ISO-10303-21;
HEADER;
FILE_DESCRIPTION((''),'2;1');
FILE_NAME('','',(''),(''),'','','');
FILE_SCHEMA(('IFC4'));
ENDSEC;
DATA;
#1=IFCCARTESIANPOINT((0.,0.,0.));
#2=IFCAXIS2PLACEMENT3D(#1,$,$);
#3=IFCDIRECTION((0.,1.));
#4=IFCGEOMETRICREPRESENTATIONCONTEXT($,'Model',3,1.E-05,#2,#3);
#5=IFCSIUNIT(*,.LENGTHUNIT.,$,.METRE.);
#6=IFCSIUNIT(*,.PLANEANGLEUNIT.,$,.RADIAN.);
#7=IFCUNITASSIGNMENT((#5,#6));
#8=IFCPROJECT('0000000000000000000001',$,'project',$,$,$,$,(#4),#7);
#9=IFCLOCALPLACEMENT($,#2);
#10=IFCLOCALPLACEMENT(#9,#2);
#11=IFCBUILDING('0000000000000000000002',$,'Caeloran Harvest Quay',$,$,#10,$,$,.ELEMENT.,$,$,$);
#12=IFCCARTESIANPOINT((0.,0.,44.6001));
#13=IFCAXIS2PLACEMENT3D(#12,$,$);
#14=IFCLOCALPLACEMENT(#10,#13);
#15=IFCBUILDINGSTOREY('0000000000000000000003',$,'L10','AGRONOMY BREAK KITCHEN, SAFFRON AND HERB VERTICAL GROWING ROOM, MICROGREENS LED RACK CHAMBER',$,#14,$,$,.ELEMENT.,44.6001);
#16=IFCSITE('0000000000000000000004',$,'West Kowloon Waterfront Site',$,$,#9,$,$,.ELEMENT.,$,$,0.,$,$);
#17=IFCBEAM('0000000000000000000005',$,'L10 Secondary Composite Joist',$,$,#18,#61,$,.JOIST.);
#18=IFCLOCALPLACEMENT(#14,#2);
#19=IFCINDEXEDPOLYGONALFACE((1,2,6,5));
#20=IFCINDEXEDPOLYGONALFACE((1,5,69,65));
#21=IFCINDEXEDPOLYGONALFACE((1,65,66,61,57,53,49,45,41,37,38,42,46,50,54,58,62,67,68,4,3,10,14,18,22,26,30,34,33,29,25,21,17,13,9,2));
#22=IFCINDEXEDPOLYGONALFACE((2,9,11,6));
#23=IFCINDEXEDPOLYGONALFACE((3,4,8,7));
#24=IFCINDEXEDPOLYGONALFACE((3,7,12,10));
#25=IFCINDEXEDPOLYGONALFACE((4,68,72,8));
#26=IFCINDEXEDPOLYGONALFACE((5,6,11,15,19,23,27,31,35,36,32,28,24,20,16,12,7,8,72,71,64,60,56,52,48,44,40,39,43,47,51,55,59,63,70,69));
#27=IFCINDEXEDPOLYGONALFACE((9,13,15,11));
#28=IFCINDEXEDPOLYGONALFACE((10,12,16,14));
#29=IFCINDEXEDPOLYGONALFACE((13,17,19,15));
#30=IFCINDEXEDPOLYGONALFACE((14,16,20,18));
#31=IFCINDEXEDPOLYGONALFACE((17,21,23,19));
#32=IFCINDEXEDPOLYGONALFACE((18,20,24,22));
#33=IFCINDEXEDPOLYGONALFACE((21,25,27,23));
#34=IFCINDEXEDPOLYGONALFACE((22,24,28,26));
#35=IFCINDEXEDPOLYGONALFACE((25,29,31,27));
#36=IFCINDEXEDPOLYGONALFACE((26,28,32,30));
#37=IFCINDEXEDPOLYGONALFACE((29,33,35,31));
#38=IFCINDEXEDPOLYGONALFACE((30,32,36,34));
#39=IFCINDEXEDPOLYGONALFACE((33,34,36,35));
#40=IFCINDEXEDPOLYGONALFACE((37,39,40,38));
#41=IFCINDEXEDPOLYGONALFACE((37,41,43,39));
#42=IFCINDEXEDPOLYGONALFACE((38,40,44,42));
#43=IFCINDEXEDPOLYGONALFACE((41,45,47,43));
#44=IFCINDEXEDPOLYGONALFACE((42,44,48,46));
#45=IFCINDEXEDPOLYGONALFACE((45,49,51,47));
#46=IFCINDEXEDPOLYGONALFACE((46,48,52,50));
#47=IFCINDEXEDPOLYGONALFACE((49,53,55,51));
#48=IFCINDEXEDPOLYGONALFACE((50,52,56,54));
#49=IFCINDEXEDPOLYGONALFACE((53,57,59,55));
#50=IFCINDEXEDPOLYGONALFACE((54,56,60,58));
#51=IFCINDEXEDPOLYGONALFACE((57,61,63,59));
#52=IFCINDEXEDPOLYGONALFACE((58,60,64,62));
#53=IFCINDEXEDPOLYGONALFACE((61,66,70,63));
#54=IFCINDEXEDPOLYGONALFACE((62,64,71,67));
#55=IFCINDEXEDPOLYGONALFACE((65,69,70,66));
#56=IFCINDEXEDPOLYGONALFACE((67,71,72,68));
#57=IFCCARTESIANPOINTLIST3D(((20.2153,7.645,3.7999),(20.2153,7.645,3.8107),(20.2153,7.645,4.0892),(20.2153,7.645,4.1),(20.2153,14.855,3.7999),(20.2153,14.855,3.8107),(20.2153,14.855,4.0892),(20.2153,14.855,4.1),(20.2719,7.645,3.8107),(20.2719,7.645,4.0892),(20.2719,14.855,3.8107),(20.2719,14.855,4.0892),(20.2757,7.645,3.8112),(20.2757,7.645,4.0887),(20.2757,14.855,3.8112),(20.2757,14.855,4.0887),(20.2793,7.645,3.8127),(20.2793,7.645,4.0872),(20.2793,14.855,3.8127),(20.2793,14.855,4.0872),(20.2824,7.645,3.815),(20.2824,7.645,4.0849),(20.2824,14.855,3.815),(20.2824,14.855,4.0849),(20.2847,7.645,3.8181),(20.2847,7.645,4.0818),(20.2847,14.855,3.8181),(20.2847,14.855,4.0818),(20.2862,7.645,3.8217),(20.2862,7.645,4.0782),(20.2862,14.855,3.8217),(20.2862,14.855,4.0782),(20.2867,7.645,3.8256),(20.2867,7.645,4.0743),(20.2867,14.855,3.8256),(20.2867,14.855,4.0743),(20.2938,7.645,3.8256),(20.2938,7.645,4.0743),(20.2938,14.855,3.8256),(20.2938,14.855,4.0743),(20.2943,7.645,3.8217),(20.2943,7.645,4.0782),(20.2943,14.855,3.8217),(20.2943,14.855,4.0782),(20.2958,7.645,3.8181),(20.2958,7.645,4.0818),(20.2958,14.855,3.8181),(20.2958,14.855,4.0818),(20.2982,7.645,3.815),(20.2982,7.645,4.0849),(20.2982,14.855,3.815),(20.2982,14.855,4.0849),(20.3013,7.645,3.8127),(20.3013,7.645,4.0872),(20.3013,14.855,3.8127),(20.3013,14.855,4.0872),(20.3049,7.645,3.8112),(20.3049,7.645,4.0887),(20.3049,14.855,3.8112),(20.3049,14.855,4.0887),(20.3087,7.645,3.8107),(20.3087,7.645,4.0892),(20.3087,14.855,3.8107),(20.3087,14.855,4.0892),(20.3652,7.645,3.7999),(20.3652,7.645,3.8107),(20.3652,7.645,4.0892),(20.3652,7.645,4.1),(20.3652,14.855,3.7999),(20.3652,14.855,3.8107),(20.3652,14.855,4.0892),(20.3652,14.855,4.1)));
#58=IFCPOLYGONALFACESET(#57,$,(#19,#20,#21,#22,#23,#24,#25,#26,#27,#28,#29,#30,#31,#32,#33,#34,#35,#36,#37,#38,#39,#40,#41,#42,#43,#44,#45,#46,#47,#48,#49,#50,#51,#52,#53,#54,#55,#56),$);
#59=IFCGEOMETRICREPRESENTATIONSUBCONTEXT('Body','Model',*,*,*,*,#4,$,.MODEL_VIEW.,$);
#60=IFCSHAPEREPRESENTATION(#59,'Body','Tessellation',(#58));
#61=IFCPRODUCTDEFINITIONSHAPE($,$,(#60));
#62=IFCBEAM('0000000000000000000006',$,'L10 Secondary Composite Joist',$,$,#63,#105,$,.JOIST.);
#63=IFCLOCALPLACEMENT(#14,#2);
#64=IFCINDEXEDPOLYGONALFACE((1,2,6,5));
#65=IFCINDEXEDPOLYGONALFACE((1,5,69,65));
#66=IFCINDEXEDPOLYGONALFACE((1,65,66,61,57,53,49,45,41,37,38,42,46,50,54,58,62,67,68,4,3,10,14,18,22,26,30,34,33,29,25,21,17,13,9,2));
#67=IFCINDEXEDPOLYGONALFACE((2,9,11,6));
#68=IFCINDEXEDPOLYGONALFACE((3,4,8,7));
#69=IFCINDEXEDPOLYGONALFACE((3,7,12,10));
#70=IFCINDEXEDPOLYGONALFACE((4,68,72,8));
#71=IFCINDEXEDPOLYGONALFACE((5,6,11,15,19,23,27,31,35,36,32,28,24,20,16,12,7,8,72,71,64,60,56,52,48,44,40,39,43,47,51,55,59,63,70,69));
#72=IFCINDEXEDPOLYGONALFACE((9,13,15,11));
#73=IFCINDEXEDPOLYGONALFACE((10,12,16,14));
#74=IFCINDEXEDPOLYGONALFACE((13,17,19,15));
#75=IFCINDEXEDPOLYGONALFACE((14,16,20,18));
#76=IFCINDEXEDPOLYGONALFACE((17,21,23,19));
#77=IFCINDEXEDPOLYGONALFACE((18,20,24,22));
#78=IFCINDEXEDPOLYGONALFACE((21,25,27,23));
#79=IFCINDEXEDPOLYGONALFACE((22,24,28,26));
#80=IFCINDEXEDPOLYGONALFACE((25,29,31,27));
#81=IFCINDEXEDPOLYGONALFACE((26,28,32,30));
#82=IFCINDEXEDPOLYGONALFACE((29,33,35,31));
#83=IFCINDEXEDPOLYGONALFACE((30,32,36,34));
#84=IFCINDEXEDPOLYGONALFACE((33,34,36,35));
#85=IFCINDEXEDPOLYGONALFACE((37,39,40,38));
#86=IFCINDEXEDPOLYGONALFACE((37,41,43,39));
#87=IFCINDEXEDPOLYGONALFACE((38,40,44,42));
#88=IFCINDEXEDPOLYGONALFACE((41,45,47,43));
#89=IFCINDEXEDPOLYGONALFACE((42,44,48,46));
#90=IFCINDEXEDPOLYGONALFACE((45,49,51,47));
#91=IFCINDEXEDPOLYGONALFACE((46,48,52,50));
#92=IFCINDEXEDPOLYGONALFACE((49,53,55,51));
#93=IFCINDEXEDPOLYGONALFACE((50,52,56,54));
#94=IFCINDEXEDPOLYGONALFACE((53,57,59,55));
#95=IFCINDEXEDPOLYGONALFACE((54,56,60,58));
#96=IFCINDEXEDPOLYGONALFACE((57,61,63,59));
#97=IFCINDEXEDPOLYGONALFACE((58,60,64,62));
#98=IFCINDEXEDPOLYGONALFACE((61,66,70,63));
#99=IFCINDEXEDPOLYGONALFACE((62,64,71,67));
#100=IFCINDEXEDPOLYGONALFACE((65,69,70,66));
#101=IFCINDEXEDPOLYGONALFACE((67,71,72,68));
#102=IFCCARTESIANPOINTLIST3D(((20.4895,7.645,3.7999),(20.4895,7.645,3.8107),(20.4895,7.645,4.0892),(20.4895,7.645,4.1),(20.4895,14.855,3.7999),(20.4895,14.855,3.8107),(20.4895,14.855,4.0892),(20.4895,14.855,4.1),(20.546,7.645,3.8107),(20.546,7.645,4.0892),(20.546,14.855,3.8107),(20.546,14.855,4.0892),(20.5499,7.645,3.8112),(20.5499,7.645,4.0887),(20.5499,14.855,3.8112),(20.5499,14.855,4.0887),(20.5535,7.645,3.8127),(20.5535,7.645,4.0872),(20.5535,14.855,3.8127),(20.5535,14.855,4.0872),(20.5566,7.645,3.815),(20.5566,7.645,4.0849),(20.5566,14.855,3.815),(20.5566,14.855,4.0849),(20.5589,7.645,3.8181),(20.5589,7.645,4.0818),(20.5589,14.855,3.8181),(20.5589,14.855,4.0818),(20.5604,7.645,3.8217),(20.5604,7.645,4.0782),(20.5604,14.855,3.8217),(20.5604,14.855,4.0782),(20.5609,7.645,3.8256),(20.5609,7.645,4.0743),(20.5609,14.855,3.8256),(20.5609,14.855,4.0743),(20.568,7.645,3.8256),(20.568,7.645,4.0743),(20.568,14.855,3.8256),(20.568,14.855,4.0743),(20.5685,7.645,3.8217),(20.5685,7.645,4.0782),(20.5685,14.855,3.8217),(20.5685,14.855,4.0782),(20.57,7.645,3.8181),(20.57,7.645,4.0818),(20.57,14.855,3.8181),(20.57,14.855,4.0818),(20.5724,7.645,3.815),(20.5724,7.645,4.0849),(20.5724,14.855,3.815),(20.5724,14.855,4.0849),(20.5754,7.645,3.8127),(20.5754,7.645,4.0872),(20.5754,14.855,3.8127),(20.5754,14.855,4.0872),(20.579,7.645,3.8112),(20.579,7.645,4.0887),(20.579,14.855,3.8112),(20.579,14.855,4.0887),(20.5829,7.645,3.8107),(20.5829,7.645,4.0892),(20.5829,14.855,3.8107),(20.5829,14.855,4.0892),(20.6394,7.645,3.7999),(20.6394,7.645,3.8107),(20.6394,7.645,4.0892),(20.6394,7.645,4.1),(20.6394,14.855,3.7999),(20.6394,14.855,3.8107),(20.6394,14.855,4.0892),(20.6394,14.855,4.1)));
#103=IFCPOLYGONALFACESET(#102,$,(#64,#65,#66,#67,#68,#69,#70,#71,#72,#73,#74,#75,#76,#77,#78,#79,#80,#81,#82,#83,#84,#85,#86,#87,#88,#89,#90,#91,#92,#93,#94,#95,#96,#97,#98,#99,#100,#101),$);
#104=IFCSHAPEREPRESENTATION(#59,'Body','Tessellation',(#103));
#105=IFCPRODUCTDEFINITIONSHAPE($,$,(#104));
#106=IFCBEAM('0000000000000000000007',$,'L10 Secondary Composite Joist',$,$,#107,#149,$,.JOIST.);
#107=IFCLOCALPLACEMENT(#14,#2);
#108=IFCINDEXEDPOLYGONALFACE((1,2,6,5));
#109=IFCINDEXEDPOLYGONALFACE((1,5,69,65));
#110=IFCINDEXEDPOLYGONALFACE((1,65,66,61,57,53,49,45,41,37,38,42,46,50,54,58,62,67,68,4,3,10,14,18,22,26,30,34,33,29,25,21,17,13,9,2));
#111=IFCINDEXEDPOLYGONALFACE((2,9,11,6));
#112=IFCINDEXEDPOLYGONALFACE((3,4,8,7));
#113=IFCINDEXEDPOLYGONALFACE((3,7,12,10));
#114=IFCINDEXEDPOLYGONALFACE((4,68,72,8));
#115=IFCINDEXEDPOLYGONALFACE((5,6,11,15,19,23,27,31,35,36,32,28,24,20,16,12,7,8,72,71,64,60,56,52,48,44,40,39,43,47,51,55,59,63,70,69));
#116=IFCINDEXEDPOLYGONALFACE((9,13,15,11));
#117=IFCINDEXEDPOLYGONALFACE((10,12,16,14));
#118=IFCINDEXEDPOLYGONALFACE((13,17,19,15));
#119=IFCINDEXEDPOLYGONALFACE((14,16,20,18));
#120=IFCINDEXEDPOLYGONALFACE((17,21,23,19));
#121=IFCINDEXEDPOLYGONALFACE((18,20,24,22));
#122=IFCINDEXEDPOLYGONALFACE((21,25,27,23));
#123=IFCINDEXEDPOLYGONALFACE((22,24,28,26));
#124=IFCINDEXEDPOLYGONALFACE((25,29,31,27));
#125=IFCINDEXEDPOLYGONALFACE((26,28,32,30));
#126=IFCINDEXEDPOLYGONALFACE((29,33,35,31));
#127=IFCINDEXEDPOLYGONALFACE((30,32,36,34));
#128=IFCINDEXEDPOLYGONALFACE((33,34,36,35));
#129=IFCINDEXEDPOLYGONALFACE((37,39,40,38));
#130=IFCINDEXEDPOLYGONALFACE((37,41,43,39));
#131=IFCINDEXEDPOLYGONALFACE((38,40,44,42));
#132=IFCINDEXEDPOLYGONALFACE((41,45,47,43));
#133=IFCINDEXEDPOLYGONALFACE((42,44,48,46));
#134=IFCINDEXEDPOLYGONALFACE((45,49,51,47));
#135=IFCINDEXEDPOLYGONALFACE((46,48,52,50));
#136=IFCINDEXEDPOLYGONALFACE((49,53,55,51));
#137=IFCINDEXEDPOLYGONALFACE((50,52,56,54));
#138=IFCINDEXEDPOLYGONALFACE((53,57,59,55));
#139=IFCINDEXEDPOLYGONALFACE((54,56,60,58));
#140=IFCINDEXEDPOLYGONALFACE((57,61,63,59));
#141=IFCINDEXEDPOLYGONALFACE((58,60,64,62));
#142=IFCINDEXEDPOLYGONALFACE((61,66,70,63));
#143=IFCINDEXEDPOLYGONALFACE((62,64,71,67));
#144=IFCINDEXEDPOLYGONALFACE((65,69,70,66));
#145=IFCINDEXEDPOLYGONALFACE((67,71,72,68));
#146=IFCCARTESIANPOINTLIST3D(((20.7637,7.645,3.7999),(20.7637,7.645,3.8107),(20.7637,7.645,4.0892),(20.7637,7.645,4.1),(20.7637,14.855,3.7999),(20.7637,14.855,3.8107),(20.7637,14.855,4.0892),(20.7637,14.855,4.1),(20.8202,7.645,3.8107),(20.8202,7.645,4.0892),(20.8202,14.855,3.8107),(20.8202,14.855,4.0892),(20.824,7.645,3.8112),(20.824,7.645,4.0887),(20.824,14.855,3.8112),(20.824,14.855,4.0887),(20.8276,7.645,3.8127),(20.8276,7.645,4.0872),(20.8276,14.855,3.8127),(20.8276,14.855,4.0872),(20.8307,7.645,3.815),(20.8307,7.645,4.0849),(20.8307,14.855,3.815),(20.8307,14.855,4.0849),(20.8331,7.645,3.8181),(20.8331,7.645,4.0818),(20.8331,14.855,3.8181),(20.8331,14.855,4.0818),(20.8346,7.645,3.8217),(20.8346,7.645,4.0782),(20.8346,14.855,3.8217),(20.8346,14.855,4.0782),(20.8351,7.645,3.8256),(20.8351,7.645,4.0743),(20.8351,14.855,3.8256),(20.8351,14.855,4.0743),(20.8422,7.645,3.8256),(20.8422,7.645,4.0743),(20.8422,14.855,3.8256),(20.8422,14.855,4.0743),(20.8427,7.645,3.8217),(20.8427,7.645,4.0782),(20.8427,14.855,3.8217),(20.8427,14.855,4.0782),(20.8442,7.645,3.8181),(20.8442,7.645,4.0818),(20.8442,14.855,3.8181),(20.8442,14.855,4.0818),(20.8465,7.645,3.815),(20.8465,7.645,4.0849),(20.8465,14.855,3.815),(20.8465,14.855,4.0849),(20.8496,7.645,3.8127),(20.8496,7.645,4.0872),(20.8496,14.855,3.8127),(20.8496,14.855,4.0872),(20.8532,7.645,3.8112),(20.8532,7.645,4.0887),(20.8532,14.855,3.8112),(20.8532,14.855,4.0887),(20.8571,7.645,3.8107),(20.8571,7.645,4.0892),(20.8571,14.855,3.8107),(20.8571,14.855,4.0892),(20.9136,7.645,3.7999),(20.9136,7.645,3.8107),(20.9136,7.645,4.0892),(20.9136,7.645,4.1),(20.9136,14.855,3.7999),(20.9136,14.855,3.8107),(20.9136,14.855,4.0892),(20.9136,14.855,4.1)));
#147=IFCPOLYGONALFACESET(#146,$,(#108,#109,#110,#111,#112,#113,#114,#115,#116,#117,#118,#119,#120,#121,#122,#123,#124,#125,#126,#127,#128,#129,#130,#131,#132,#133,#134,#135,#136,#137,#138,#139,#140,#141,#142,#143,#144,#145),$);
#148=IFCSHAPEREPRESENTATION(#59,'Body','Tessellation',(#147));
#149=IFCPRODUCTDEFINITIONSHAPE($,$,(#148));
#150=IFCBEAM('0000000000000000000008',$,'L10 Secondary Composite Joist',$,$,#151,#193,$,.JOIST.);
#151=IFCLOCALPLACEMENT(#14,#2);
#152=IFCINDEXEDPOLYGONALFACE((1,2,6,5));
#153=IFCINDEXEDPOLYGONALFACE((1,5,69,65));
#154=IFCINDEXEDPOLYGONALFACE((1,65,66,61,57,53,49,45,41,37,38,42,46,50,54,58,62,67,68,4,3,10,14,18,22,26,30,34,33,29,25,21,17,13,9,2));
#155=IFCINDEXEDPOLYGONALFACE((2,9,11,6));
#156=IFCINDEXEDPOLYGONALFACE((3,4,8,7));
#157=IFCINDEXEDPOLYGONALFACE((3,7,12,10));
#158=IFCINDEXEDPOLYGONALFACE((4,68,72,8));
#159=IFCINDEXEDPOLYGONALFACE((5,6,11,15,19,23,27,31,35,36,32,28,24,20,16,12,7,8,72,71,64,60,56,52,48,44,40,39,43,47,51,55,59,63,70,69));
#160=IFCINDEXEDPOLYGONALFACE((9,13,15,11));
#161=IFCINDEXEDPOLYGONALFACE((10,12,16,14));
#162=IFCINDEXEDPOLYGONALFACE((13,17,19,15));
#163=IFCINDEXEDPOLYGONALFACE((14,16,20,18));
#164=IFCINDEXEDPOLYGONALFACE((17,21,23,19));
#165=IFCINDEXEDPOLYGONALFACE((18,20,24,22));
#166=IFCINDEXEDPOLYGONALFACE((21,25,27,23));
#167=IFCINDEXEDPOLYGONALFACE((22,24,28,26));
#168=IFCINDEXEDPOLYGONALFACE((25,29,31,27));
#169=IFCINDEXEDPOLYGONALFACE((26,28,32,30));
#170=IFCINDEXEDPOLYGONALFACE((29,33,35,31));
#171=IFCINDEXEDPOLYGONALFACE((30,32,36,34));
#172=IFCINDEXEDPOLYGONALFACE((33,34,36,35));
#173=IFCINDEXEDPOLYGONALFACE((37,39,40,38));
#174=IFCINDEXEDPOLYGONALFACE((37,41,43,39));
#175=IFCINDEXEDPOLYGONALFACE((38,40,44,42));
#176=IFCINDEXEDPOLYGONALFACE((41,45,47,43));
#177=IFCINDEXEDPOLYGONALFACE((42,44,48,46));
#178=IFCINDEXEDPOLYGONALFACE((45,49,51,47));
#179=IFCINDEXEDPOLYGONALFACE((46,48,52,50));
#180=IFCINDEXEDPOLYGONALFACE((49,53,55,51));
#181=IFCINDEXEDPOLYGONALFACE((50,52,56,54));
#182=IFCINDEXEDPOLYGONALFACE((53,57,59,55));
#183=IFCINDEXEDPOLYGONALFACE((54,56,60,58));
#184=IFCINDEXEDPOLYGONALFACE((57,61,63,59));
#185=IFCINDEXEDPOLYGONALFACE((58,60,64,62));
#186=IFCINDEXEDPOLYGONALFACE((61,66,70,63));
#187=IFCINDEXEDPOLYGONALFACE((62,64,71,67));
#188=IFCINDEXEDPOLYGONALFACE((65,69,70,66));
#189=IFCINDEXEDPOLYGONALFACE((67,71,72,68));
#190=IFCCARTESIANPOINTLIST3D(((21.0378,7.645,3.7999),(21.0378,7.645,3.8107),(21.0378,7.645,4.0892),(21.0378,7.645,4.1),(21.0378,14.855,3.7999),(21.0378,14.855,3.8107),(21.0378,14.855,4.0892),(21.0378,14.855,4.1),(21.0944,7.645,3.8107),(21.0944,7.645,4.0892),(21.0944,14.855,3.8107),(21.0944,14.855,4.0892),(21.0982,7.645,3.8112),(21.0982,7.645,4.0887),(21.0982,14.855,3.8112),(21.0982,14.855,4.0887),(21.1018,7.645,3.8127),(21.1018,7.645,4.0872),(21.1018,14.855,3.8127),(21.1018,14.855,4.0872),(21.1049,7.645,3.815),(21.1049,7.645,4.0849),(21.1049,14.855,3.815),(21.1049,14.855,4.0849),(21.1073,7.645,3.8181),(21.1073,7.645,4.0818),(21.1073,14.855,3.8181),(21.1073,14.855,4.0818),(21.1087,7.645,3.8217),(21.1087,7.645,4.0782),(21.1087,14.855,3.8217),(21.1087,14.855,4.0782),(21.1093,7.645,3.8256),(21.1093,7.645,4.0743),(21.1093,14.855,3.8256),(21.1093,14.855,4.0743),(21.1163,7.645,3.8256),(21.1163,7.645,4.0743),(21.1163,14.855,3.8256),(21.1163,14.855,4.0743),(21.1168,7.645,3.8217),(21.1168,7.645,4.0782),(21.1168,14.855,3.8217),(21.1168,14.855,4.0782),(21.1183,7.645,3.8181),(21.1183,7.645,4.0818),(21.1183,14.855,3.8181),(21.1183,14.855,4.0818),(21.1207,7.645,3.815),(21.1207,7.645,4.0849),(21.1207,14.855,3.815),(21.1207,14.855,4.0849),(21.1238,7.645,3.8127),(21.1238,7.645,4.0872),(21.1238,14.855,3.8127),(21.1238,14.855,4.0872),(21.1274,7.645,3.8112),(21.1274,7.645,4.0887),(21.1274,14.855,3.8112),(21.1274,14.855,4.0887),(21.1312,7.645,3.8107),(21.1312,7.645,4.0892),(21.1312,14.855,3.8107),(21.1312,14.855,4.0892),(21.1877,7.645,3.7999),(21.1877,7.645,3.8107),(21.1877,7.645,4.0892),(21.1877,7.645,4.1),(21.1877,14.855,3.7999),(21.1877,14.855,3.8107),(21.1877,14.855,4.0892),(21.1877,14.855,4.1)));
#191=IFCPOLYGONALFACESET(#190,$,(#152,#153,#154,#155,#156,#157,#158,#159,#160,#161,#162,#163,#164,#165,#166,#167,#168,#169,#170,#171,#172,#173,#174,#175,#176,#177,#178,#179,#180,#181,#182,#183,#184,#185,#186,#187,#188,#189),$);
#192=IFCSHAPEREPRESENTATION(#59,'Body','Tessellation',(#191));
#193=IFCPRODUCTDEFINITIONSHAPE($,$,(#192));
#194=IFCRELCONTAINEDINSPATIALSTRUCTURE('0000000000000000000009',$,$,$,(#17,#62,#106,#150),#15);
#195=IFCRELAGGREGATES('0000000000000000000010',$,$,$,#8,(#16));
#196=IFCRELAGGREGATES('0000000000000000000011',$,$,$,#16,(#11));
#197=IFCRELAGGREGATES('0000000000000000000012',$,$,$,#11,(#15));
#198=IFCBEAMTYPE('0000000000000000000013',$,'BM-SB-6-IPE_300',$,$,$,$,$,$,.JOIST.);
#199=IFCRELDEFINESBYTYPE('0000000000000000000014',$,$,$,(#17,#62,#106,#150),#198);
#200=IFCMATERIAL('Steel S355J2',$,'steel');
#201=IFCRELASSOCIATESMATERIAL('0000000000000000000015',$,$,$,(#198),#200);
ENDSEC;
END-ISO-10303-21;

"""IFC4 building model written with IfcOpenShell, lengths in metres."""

from ifc_helpers import new_model, si_unit, direction, frame, origin, origin_2d, place, context, subcontext, project, spatial, i_section, extrude, material, material_profile, profile_set, type_object, element, save


model = new_model("IFC4")

# Units and contexts
model_context = context("Model", 3, precision=1e-05, world=origin(), true_north=direction((0.0, 1.0)))
body_context = subcontext(model_context, "Body", "Model", "MODEL_VIEW")
ifc_project = project(units=[si_unit("LENGTHUNIT", "METRE"), si_unit("PLANEANGLEUNIT", "RADIAN")], contexts=[model_context])

# Site, building, storey
site_placement = place(None, origin())
site = spatial("IfcSite", under=ifc_project, at=site_placement, Name="West Kowloon Waterfront Site", CompositionType="ELEMENT", RefElevation=0.0)
building_placement = place(site_placement, origin())
building = spatial("IfcBuilding", under=site, at=building_placement, Name="Caeloran Harvest Quay", CompositionType="ELEMENT")
storey_placement = place(building_placement, frame((0.0, 0.0, 44.6001)))
storey = spatial("IfcBuildingStorey", under=building, at=storey_placement, Name="L10", Description="AGRONOMY BREAK KITCHEN, SAFFRON AND HERB VERTICAL GROWING ROOM, MICROGREENS LED RACK CHAMBER", CompositionType="ELEMENT", Elevation=44.6001)

# Beams
ifc_material_1 = material(Name="Steel S355J2", Category="steel")
ifc_material_profile_1 = material_profile(ifc_material_1, i_section(OverallWidth=0.1499, OverallDepth=0.3, WebThickness=0.0071, FlangeThickness=0.0107, FilletRadius=0.0149, at=origin_2d()), Name="IPE 300")
ifc_profile_set_1 = profile_set([ifc_material_profile_1], Name="Steel S355J2")
beam_type_1 = type_object("IfcBeamType", Name="BM-SB-6-IPE_300", PredefinedType="JOIST", material=ifc_profile_set_1)
for number, where, z_axis, x_axis, name in (
    (1, (20.2903, 7.645, 3.95), (0.0, 1.0, 0.0), (-1.0, 0.0, 0.0), "L10 Secondary Composite Joist"),
    (2, (20.5645, 7.645, 3.95), (0.0, 1.0, 0.0), (-1.0, 0.0, 0.0), "L10 Secondary Composite Joist"),
    (3, (20.8386, 7.645, 3.95), (0.0, 1.0, 0.0), (-1.0, 0.0, 0.0), "L10 Secondary Composite Joist"),
    (4, (21.1128, 7.645, 3.95), (0.0, 1.0, 0.0), (-1.0, 0.0, 0.0), "L10 Secondary Composite Joist"),
):
    element("IfcBeam", number, at=place(storey_placement, frame(where, z_axis=z_axis, x_axis=x_axis)), inside=storey, type_object=beam_type_1, Name=name, PredefinedType="JOIST", context=body_context, shape_type="SweptSolid", body=[
        extrude(i_section(OverallWidth=0.1499, OverallDepth=0.3, WebThickness=0.0071, FlangeThickness=0.0107, FilletRadius=0.0149, at=origin_2d()), origin(), (0.0, 0.0, 1.0), 7.21),
    ])

save(model, "model.ifc")
